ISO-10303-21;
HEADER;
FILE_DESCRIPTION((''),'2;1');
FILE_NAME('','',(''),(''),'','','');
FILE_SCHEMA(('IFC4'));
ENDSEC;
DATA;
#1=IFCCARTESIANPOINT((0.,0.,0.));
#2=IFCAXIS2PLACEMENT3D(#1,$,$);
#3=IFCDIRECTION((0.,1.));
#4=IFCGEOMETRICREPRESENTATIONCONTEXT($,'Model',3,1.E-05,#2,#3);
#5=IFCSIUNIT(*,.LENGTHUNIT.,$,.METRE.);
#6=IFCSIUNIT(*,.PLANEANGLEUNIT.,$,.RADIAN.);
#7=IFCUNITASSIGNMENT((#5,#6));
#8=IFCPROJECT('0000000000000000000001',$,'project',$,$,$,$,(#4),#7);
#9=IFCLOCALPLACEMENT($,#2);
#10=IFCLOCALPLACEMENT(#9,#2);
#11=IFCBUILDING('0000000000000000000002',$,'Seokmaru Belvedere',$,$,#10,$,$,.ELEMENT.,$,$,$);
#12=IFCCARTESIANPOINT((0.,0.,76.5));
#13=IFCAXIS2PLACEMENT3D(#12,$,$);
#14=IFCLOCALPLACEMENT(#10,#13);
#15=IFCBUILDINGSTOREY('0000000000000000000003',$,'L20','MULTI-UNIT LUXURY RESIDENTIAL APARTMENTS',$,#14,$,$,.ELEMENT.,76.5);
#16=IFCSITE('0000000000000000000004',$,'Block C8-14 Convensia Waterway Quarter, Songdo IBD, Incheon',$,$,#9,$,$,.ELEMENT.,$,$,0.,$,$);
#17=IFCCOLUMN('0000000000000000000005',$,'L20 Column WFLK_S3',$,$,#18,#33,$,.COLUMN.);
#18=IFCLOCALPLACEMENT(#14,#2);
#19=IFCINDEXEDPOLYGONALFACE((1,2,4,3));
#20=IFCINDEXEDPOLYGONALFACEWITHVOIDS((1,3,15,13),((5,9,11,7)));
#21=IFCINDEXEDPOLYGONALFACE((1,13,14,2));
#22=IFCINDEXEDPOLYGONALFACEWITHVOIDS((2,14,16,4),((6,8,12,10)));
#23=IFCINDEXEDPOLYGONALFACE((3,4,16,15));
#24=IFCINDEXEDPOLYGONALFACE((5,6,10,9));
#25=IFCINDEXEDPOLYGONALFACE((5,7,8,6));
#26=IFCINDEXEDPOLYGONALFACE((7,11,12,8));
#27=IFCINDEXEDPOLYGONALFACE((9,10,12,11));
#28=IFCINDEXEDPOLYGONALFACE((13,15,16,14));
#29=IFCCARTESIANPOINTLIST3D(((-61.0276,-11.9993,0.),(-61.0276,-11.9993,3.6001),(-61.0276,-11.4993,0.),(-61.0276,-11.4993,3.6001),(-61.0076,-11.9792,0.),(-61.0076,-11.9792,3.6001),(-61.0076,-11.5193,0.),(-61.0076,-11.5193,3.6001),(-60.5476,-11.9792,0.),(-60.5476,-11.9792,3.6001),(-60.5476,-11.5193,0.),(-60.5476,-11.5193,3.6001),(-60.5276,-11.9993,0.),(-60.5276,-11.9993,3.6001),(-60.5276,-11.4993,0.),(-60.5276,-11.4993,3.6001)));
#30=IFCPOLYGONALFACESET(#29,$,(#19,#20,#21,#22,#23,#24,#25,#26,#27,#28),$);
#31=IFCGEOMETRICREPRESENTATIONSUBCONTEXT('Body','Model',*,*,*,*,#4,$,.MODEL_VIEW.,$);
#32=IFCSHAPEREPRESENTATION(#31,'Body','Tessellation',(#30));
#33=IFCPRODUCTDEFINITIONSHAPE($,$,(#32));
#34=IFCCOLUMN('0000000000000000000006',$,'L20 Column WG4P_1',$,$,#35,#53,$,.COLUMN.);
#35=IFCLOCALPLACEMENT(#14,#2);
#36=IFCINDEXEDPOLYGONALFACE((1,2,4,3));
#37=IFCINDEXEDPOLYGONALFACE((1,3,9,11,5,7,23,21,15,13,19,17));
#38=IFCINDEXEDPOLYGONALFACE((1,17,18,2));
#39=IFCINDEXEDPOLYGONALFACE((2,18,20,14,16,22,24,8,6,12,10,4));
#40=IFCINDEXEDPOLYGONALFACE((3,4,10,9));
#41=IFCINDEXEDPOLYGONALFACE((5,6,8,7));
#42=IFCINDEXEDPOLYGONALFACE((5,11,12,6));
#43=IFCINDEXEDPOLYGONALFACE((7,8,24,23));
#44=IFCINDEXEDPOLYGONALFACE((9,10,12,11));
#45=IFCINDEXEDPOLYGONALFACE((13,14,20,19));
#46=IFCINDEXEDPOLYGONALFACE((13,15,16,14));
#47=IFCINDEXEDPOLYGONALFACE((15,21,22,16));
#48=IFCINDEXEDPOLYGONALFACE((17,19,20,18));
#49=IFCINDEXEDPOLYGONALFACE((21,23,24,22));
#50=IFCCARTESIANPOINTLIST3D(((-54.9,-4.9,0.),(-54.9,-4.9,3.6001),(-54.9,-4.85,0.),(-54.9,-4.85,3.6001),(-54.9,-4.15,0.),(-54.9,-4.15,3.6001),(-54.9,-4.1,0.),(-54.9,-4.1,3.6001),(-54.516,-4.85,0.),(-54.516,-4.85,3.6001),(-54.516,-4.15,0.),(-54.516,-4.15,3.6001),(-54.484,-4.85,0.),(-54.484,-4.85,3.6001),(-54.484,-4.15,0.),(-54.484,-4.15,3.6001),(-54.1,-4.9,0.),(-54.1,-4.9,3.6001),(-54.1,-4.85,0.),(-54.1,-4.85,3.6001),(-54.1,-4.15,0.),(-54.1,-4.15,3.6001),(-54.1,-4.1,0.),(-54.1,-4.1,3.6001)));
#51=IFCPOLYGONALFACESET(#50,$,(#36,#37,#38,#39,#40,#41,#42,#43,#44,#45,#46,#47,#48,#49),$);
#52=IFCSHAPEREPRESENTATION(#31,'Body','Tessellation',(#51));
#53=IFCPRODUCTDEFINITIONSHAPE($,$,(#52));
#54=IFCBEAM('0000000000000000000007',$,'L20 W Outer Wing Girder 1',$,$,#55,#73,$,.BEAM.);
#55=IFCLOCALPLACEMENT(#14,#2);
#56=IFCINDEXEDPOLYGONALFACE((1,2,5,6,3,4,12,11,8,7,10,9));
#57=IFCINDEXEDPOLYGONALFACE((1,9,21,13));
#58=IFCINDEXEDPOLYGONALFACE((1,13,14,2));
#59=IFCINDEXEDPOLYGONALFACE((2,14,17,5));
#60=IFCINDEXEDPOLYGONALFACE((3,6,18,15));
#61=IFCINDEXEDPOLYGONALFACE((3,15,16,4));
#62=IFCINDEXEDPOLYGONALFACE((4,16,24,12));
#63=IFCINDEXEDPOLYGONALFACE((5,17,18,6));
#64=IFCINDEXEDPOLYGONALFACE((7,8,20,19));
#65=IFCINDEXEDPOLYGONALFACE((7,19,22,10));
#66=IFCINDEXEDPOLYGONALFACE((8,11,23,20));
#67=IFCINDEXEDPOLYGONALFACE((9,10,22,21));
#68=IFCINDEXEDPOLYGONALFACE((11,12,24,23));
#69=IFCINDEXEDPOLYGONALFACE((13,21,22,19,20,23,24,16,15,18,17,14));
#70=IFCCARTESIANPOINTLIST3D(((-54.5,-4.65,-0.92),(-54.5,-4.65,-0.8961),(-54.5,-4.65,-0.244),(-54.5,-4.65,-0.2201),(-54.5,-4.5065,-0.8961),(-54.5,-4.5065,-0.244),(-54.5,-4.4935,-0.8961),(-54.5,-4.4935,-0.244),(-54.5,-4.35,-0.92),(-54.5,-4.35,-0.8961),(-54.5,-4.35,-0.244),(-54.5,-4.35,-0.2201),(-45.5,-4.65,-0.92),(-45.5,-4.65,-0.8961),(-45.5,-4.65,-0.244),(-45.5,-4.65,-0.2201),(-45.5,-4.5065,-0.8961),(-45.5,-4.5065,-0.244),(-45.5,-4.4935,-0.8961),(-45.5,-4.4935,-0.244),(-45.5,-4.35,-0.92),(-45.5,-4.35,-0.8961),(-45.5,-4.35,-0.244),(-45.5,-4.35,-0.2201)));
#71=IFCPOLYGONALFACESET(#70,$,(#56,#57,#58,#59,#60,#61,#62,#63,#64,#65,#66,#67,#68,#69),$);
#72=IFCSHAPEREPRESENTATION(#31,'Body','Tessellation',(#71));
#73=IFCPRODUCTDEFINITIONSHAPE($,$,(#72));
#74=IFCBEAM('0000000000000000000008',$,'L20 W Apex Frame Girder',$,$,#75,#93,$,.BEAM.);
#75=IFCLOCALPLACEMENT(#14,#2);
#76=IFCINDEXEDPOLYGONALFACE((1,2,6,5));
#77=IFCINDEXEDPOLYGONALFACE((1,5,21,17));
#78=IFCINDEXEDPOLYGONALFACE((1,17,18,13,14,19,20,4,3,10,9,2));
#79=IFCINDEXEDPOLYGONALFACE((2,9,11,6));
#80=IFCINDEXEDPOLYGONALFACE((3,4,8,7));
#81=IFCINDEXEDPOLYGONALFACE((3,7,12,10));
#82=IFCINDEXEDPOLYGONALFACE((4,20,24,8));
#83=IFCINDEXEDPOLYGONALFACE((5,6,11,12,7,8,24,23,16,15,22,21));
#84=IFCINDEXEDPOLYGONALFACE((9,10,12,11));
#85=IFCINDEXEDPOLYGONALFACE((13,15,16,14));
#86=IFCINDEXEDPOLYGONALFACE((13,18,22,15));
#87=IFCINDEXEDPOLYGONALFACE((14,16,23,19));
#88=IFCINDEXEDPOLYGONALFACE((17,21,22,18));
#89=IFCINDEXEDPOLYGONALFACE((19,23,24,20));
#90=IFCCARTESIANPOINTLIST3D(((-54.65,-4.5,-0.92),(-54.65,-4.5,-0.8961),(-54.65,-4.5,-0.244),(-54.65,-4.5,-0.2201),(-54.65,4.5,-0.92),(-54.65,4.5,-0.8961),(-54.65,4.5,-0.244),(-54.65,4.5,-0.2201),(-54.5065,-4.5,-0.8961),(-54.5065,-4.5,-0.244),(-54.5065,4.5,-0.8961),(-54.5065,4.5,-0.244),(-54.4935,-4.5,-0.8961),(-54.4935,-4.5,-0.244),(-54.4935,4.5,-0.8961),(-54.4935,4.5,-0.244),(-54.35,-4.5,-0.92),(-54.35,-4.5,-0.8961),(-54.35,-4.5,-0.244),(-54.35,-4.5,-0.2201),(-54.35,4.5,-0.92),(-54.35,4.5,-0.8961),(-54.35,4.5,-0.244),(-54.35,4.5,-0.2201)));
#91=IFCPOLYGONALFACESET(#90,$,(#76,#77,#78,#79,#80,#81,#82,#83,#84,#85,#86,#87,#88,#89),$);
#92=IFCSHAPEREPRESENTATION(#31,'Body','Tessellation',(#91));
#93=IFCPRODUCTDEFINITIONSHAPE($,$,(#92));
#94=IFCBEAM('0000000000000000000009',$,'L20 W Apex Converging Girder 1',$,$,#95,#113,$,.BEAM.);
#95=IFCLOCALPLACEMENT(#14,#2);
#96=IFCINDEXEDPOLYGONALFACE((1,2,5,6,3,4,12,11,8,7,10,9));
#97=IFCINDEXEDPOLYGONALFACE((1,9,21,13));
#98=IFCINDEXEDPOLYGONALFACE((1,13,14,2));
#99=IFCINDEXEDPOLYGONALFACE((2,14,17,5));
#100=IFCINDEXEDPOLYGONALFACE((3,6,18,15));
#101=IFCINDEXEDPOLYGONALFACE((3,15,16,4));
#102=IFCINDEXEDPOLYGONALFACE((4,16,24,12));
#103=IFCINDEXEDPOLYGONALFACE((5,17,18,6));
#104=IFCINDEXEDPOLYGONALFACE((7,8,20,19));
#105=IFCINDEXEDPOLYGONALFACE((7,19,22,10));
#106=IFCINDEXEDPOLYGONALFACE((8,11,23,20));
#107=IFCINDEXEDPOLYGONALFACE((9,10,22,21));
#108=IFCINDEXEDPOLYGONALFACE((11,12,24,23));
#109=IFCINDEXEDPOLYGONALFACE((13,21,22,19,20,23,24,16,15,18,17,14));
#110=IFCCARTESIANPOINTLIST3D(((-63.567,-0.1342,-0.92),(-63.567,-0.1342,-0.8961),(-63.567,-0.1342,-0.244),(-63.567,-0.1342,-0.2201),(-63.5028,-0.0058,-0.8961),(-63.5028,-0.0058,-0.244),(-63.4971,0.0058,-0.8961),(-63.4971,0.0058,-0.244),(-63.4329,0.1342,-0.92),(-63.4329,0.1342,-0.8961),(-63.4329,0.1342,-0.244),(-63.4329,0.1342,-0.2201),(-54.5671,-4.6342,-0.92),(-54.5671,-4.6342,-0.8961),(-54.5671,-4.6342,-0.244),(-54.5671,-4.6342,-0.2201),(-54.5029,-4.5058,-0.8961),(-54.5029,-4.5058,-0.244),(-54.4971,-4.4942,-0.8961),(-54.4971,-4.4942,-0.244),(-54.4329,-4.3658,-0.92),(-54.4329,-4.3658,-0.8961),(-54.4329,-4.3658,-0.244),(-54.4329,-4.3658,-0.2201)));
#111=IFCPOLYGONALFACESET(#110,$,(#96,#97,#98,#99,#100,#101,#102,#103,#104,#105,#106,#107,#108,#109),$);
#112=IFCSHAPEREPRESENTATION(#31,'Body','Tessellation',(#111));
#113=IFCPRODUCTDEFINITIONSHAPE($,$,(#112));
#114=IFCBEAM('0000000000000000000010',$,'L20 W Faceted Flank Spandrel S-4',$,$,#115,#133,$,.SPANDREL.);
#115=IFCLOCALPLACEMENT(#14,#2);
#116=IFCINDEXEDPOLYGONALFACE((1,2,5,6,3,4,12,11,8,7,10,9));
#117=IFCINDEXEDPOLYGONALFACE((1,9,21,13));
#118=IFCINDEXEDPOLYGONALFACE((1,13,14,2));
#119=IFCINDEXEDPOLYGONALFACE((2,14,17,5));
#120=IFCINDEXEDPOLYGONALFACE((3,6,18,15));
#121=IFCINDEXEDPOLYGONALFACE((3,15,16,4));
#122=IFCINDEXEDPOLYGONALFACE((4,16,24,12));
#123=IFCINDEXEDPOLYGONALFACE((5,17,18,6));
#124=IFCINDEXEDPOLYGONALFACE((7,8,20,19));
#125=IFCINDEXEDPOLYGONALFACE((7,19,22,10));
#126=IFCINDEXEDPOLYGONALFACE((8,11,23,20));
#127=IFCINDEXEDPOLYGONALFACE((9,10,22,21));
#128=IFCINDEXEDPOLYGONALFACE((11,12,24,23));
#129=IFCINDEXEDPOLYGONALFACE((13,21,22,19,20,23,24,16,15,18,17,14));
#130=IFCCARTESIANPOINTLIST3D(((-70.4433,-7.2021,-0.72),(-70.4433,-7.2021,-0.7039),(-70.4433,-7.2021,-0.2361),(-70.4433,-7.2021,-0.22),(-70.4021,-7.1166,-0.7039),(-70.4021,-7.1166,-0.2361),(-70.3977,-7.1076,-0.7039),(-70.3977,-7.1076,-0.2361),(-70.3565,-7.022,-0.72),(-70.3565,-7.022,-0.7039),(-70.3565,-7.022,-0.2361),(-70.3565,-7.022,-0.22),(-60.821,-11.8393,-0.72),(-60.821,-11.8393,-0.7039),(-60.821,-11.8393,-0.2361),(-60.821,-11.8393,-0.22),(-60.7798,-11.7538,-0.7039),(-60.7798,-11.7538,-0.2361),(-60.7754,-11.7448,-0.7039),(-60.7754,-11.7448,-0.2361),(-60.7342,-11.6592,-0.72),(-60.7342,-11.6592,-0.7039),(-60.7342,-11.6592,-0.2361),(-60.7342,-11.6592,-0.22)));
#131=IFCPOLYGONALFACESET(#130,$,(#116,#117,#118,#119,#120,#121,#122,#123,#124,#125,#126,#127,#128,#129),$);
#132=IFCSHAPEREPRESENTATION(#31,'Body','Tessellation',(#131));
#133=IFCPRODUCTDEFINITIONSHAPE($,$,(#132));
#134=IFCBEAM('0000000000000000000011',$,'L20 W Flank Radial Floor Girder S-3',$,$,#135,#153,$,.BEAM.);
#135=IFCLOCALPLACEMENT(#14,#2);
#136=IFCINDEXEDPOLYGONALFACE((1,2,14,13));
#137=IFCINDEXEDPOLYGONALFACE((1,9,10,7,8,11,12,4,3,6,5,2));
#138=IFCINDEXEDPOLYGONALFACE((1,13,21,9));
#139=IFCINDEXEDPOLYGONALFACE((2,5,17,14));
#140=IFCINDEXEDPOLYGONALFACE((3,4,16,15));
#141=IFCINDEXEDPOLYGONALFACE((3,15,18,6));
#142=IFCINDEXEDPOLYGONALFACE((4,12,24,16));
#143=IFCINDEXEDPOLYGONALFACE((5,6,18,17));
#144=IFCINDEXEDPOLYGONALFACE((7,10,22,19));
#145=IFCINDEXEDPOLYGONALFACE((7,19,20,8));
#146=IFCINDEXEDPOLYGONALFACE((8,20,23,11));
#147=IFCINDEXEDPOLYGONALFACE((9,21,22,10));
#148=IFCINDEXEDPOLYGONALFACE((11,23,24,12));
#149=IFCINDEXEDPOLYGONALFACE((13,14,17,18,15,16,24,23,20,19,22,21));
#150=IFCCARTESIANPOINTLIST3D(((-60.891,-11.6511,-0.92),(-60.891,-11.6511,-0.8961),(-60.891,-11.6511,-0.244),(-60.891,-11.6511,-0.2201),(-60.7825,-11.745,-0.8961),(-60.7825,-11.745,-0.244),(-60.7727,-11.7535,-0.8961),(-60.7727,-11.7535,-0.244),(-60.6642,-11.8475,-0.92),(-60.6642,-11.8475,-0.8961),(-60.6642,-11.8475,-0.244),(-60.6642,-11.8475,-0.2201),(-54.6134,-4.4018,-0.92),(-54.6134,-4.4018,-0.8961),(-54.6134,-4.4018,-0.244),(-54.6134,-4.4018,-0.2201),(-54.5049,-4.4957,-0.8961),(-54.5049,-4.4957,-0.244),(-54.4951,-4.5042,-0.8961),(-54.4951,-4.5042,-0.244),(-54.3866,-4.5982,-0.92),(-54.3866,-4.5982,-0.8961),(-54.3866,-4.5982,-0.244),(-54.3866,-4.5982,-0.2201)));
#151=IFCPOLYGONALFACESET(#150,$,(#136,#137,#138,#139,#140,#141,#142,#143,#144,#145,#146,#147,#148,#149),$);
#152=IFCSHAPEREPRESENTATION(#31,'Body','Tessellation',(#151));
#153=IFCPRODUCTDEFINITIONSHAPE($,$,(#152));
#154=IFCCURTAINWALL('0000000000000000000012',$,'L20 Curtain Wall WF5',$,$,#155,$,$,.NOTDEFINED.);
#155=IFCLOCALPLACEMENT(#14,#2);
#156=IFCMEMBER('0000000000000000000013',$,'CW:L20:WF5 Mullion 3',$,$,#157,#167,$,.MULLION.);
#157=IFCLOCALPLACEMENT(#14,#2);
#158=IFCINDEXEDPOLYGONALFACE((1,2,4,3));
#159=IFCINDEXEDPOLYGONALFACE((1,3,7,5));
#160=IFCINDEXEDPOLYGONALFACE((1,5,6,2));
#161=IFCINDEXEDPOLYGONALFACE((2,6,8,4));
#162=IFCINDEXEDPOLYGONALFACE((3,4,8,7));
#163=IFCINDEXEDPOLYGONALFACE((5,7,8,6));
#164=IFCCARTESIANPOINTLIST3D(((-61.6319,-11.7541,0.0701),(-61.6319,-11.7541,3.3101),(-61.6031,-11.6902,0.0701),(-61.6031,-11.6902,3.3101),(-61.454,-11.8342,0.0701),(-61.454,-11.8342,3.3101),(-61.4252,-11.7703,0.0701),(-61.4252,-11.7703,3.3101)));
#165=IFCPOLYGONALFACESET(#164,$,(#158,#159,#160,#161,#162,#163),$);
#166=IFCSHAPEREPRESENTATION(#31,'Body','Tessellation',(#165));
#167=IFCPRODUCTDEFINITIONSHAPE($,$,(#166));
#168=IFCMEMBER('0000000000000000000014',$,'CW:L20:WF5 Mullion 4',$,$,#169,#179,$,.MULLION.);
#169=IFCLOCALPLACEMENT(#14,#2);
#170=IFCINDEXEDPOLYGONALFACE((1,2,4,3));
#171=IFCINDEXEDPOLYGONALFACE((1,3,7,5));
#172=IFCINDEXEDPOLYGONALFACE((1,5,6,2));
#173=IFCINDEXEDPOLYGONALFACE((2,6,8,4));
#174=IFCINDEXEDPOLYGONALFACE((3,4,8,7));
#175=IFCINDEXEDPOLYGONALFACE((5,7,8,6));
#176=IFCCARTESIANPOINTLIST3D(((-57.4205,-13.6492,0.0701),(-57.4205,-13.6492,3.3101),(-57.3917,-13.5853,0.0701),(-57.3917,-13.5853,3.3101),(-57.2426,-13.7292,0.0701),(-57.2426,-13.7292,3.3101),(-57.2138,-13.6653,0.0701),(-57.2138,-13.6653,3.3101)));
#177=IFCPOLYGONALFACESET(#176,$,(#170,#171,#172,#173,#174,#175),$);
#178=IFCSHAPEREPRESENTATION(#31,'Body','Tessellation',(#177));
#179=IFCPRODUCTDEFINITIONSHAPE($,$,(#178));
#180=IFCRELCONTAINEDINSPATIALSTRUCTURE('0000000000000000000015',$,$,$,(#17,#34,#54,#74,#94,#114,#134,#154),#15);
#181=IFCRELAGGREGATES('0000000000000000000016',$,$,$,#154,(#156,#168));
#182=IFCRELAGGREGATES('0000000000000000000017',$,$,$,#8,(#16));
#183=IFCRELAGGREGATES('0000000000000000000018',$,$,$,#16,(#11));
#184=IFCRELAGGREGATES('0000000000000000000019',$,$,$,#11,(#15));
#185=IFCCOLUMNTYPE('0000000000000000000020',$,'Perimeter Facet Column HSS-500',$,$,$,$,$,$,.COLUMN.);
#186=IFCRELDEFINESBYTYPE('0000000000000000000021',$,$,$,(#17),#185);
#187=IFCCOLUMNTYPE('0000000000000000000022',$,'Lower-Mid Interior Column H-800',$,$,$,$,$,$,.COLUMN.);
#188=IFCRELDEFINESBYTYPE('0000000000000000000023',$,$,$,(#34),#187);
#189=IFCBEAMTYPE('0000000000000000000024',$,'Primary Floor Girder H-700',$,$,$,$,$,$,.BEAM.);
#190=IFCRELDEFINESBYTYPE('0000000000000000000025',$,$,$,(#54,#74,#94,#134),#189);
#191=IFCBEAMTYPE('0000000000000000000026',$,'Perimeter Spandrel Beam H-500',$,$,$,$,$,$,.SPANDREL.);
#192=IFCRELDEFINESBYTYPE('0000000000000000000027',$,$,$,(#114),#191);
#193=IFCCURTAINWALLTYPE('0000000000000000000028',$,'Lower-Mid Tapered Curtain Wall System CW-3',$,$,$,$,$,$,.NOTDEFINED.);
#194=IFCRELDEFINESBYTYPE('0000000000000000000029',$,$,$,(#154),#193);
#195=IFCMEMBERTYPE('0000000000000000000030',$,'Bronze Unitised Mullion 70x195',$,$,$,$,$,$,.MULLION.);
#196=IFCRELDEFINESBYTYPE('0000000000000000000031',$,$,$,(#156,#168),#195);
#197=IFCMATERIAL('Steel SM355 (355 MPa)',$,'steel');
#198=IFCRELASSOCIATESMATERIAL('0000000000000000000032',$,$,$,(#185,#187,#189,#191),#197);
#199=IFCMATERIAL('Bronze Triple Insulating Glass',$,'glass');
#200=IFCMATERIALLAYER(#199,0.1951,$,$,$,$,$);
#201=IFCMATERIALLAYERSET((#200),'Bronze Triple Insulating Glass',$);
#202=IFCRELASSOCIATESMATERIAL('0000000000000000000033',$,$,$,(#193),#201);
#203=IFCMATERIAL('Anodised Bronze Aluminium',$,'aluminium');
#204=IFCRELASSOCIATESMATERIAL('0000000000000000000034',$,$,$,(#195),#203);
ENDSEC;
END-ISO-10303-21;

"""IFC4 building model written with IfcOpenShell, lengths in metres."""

from ifc_helpers import new_model, si_unit, direction, frame, origin, origin_2d, place, context, subcontext, project, spatial, rectangle, hollow_rectangle, i_section, extrude, source, transform, mapped, material, layer, layer_set, material_profile, profile_set, type_object, type_shapes, element, aggregate, save


model = new_model("IFC4")

# Units and contexts
model_context = context("Model", 3, precision=1e-05, world=origin(), true_north=direction((0.0, 1.0)))
body_context = subcontext(model_context, "Body", "Model", "MODEL_VIEW")
ifc_project = project(units=[si_unit("LENGTHUNIT", "METRE"), si_unit("PLANEANGLEUNIT", "RADIAN")], contexts=[model_context])

# Site, building, storey
site_placement = place(None, origin())
site = spatial("IfcSite", under=ifc_project, at=site_placement, Name="Block C8-14 Convensia Waterway Quarter, Songdo IBD, Incheon", CompositionType="ELEMENT", RefElevation=0.0)
building_placement = place(site_placement, origin())
building = spatial("IfcBuilding", under=site, at=building_placement, Name="Seokmaru Belvedere", CompositionType="ELEMENT")
storey_placement = place(building_placement, frame((0.0, 0.0, 76.5)))
storey = spatial("IfcBuildingStorey", under=building, at=storey_placement, Name="L20", Description="MULTI-UNIT LUXURY RESIDENTIAL APARTMENTS", CompositionType="ELEMENT", Elevation=76.5)

# Columns
ifc_material_1 = material(Name="Steel SM355 (355 MPa)", Category="steel")
ifc_material_profile_1 = material_profile(ifc_material_1, hollow_rectangle(XDim=0.5, YDim=0.5, WallThickness=0.02, at=origin_2d()), Name="HSS-500x500x20")
ifc_profile_set_1 = profile_set([ifc_material_profile_1], Name="Steel SM355 (355 MPa)")
column_type_1 = type_object("IfcColumnType", Name="Perimeter Facet Column HSS-500", PredefinedType="COLUMN", material=ifc_profile_set_1)
shared_shape_1 = source(origin(), body_context, "Body", "SweptSolid", [
    extrude(hollow_rectangle(XDim=0.5, YDim=0.5, WallThickness=0.02, at=origin_2d()), origin(), (0.0, 0.0, 1.0), 3.6001),
])
type_shapes(column_type_1, [shared_shape_1])
column_1_placement = place(storey_placement, frame((-60.7776, -11.7493, 0.0), z_axis=(0.0, 0.0, 1.0), x_axis=(1.0, 0.0, 0.0)))
element("IfcColumn", 1, at=column_1_placement, inside=storey, type_object=column_type_1, Name="L20 Column WFLK_S3", PredefinedType="COLUMN", context=body_context, shape_type="MappedRepresentation", body=[
    mapped(shared_shape_1, transform((0.0, 0.0, 0.0), scale=1.0)),
])
ifc_material_profile_2 = material_profile(ifc_material_1, i_section(OverallWidth=0.8, OverallDepth=0.8, WebThickness=0.032, FlangeThickness=0.05, at=origin_2d()), Name="H-800x800x32x50")
ifc_profile_set_2 = profile_set([ifc_material_profile_2], Name="Steel SM355 (355 MPa)")
column_type_2 = type_object("IfcColumnType", Name="Lower-Mid Interior Column H-800", PredefinedType="COLUMN", material=ifc_profile_set_2)
shared_shape_2 = source(origin(), body_context, "Body", "SweptSolid", [
    extrude(i_section(OverallWidth=0.8, OverallDepth=0.8, WebThickness=0.032, FlangeThickness=0.05, at=origin_2d()), origin(), (0.0, 0.0, 1.0), 3.6001),
])
type_shapes(column_type_2, [shared_shape_2])
column_2_placement = place(storey_placement, frame((-54.5, -4.5, 0.0), z_axis=(0.0, 0.0, 1.0), x_axis=(1.0, 0.0, 0.0)))
element("IfcColumn", 2, at=column_2_placement, inside=storey, type_object=column_type_2, Name="L20 Column WG4P_1", PredefinedType="COLUMN", context=body_context, shape_type="MappedRepresentation", body=[
    mapped(shared_shape_2, transform((0.0, 0.0, 0.0), scale=1.0)),
])

# Beams
ifc_material_profile_3 = material_profile(ifc_material_1, i_section(OverallWidth=0.3, OverallDepth=0.7, WebThickness=0.0129, FlangeThickness=0.0239, at=origin_2d()), Name="H-700x300x13x24")
ifc_profile_set_3 = profile_set([ifc_material_profile_3], Name="Steel SM355 (355 MPa)")
beam_type_1 = type_object("IfcBeamType", Name="Primary Floor Girder H-700", PredefinedType="BEAM", material=ifc_profile_set_3)
shared_shape_3 = source(origin(), body_context, "Body", "SweptSolid", [
    extrude(i_section(OverallWidth=0.3, OverallDepth=0.7, WebThickness=0.0129, FlangeThickness=0.0239, at=origin_2d()), origin(), (0.0, 0.0, 1.0), 9.0),
])
for number, where, z_axis, x_axis, name in (
    (3, (-54.5, -4.5, -0.5701), (1.0, 0.0, 0.0), (0.0, 1.0, 0.0), "L20 W Outer Wing Girder 1"),
    (4, (-54.5, -4.5, -0.5701), (0.0, 1.0, 0.0), (-1.0, 0.0, 0.0), "L20 W Apex Frame Girder"),
):
    element("IfcBeam", number, at=place(storey_placement, frame(where, z_axis=z_axis, x_axis=x_axis)), inside=storey, type_object=beam_type_1, Name=name, PredefinedType="BEAM", context=body_context, shape_type="MappedRepresentation", body=[
        mapped(shared_shape_3, transform((0.0, 0.0, 0.0), scale=1.0)),
    ])
shared_shape_4 = source(origin(), body_context, "Body", "SweptSolid", [
    extrude(i_section(OverallWidth=0.3, OverallDepth=0.7, WebThickness=0.0129, FlangeThickness=0.0239, at=origin_2d()), origin(), (0.0, 0.0, 1.0), 10.0623),
])
beam_1_placement = place(storey_placement, frame((-54.5, -4.5, -0.5701), z_axis=(-0.894427, 0.447214, 0.0), x_axis=(-0.447214, -0.894427, 0.0)))
element("IfcBeam", 5, at=beam_1_placement, inside=storey, type_object=beam_type_1, Name="L20 W Apex Converging Girder 1", PredefinedType="BEAM", context=body_context, shape_type="MappedRepresentation", body=[
    mapped(shared_shape_4, transform((0.0, 0.0, 0.0), scale=1.0)),
])
ifc_material_profile_4 = material_profile(ifc_material_1, i_section(OverallWidth=0.2, OverallDepth=0.5, WebThickness=0.01, FlangeThickness=0.0161, at=origin_2d()), Name="H-500x200x10x16")
ifc_profile_set_4 = profile_set([ifc_material_profile_4], Name="Steel SM355 (355 MPa)")
beam_type_2 = type_object("IfcBeamType", Name="Perimeter Spandrel Beam H-500", PredefinedType="SPANDREL", material=ifc_profile_set_4)
shared_shape_5 = source(origin(), body_context, "Body", "SweptSolid", [
    extrude(i_section(OverallWidth=0.2, OverallDepth=0.5, WebThickness=0.01, FlangeThickness=0.0161, at=origin_2d()), origin(), (0.0, 0.0, 1.0), 10.6814),
])
type_shapes(beam_type_2, [shared_shape_5])
beam_2_placement = place(storey_placement, frame((-60.7776, -11.7493, -0.47), z_axis=(-0.900846, 0.434138, 0.0), x_axis=(-0.434138, -0.900846, 0.0)))
element("IfcBeam", 6, at=beam_2_placement, inside=storey, type_object=beam_type_2, Name="L20 W Faceted Flank Spandrel S-4", PredefinedType="SPANDREL", context=body_context, shape_type="MappedRepresentation", body=[
    mapped(shared_shape_5, transform((0.0, 0.0, 0.0), scale=1.0)),
])
shared_shape_6 = source(origin(), body_context, "Body", "SweptSolid", [
    extrude(i_section(OverallWidth=0.3, OverallDepth=0.7, WebThickness=0.0129, FlangeThickness=0.0239, at=origin_2d()), origin(), (0.0, 0.0, 1.0), 9.5896),
])
type_shapes(beam_type_1, [shared_shape_3, shared_shape_4, shared_shape_6])
beam_3_placement = place(storey_placement, frame((-60.7776, -11.7493, -0.5701), z_axis=(0.654626, 0.755953, 0.0), x_axis=(-0.755953, 0.654626, 0.0)))
element("IfcBeam", 7, at=beam_3_placement, inside=storey, type_object=beam_type_1, Name="L20 W Flank Radial Floor Girder S-3", PredefinedType="BEAM", context=body_context, shape_type="MappedRepresentation", body=[
    mapped(shared_shape_6, transform((0.0, 0.0, 0.0), scale=1.0)),
])

# Curtain wall, members
ifc_material_2 = material(Name="Bronze Triple Insulating Glass", Category="glass")
ifc_layer_1 = layer(ifc_material_2, 0.1951)
ifc_layer_set_1 = layer_set([ifc_layer_1], Name="Bronze Triple Insulating Glass")
curtain_wall_type = type_object("IfcCurtainWallType", Name="Lower-Mid Tapered Curtain Wall System CW-3", PredefinedType="NOTDEFINED", material=ifc_layer_set_1)
curtain_wall_placement = place(storey_placement, origin())
curtain_wall = element("IfcCurtainWall", 8, at=curtain_wall_placement, inside=storey, type_object=curtain_wall_type, Name="L20 Curtain Wall WF5", PredefinedType="NOTDEFINED")
ifc_material_3 = material(Name="Anodised Bronze Aluminium", Category="aluminium")
ifc_material_profile_5 = material_profile(ifc_material_3, rectangle(XDim=0.0701, YDim=0.1951, at=origin_2d()), Name="CW-M-70x195")
ifc_profile_set_5 = profile_set([ifc_material_profile_5], Name="Anodised Bronze Aluminium")
member_type = type_object("IfcMemberType", Name="Bronze Unitised Mullion 70x195", PredefinedType="MULLION", material=ifc_profile_set_5)
shared_shape_7 = source(origin(), body_context, "Body", "SweptSolid", [
    extrude(rectangle(XDim=0.0701, YDim=0.1951, at=origin_2d()), origin(), (0.0, 0.0, 1.0), 3.24),
])
type_shapes(member_type, [shared_shape_7])
member_1_placement = place(storey_placement, frame((-61.5286, -11.7622, 0.0701), z_axis=(0.0, 0.0, 1.0), x_axis=(0.410366, 0.911921, 0.0)))
member_1 = element("IfcMember", 9, at=member_1_placement, type_object=member_type, Name="CW:L20:WF5 Mullion 3", PredefinedType="MULLION", context=body_context, shape_type="MappedRepresentation", body=[
    mapped(shared_shape_7, transform((0.0, 0.0, 0.0), scale=1.0)),
])
member_2_placement = place(storey_placement, frame((-57.3171, -13.6572, 0.0701), z_axis=(0.0, 0.0, 1.0), x_axis=(0.410366, 0.911921, 0.0)))
member_2 = element("IfcMember", 10, at=member_2_placement, type_object=member_type, Name="CW:L20:WF5 Mullion 4", PredefinedType="MULLION", context=body_context, shape_type="MappedRepresentation", body=[
    mapped(shared_shape_7, transform((0.0, 0.0, 0.0), scale=1.0)),
])
aggregate(curtain_wall, [member_1, member_2])

save(model, "model.ifc")
